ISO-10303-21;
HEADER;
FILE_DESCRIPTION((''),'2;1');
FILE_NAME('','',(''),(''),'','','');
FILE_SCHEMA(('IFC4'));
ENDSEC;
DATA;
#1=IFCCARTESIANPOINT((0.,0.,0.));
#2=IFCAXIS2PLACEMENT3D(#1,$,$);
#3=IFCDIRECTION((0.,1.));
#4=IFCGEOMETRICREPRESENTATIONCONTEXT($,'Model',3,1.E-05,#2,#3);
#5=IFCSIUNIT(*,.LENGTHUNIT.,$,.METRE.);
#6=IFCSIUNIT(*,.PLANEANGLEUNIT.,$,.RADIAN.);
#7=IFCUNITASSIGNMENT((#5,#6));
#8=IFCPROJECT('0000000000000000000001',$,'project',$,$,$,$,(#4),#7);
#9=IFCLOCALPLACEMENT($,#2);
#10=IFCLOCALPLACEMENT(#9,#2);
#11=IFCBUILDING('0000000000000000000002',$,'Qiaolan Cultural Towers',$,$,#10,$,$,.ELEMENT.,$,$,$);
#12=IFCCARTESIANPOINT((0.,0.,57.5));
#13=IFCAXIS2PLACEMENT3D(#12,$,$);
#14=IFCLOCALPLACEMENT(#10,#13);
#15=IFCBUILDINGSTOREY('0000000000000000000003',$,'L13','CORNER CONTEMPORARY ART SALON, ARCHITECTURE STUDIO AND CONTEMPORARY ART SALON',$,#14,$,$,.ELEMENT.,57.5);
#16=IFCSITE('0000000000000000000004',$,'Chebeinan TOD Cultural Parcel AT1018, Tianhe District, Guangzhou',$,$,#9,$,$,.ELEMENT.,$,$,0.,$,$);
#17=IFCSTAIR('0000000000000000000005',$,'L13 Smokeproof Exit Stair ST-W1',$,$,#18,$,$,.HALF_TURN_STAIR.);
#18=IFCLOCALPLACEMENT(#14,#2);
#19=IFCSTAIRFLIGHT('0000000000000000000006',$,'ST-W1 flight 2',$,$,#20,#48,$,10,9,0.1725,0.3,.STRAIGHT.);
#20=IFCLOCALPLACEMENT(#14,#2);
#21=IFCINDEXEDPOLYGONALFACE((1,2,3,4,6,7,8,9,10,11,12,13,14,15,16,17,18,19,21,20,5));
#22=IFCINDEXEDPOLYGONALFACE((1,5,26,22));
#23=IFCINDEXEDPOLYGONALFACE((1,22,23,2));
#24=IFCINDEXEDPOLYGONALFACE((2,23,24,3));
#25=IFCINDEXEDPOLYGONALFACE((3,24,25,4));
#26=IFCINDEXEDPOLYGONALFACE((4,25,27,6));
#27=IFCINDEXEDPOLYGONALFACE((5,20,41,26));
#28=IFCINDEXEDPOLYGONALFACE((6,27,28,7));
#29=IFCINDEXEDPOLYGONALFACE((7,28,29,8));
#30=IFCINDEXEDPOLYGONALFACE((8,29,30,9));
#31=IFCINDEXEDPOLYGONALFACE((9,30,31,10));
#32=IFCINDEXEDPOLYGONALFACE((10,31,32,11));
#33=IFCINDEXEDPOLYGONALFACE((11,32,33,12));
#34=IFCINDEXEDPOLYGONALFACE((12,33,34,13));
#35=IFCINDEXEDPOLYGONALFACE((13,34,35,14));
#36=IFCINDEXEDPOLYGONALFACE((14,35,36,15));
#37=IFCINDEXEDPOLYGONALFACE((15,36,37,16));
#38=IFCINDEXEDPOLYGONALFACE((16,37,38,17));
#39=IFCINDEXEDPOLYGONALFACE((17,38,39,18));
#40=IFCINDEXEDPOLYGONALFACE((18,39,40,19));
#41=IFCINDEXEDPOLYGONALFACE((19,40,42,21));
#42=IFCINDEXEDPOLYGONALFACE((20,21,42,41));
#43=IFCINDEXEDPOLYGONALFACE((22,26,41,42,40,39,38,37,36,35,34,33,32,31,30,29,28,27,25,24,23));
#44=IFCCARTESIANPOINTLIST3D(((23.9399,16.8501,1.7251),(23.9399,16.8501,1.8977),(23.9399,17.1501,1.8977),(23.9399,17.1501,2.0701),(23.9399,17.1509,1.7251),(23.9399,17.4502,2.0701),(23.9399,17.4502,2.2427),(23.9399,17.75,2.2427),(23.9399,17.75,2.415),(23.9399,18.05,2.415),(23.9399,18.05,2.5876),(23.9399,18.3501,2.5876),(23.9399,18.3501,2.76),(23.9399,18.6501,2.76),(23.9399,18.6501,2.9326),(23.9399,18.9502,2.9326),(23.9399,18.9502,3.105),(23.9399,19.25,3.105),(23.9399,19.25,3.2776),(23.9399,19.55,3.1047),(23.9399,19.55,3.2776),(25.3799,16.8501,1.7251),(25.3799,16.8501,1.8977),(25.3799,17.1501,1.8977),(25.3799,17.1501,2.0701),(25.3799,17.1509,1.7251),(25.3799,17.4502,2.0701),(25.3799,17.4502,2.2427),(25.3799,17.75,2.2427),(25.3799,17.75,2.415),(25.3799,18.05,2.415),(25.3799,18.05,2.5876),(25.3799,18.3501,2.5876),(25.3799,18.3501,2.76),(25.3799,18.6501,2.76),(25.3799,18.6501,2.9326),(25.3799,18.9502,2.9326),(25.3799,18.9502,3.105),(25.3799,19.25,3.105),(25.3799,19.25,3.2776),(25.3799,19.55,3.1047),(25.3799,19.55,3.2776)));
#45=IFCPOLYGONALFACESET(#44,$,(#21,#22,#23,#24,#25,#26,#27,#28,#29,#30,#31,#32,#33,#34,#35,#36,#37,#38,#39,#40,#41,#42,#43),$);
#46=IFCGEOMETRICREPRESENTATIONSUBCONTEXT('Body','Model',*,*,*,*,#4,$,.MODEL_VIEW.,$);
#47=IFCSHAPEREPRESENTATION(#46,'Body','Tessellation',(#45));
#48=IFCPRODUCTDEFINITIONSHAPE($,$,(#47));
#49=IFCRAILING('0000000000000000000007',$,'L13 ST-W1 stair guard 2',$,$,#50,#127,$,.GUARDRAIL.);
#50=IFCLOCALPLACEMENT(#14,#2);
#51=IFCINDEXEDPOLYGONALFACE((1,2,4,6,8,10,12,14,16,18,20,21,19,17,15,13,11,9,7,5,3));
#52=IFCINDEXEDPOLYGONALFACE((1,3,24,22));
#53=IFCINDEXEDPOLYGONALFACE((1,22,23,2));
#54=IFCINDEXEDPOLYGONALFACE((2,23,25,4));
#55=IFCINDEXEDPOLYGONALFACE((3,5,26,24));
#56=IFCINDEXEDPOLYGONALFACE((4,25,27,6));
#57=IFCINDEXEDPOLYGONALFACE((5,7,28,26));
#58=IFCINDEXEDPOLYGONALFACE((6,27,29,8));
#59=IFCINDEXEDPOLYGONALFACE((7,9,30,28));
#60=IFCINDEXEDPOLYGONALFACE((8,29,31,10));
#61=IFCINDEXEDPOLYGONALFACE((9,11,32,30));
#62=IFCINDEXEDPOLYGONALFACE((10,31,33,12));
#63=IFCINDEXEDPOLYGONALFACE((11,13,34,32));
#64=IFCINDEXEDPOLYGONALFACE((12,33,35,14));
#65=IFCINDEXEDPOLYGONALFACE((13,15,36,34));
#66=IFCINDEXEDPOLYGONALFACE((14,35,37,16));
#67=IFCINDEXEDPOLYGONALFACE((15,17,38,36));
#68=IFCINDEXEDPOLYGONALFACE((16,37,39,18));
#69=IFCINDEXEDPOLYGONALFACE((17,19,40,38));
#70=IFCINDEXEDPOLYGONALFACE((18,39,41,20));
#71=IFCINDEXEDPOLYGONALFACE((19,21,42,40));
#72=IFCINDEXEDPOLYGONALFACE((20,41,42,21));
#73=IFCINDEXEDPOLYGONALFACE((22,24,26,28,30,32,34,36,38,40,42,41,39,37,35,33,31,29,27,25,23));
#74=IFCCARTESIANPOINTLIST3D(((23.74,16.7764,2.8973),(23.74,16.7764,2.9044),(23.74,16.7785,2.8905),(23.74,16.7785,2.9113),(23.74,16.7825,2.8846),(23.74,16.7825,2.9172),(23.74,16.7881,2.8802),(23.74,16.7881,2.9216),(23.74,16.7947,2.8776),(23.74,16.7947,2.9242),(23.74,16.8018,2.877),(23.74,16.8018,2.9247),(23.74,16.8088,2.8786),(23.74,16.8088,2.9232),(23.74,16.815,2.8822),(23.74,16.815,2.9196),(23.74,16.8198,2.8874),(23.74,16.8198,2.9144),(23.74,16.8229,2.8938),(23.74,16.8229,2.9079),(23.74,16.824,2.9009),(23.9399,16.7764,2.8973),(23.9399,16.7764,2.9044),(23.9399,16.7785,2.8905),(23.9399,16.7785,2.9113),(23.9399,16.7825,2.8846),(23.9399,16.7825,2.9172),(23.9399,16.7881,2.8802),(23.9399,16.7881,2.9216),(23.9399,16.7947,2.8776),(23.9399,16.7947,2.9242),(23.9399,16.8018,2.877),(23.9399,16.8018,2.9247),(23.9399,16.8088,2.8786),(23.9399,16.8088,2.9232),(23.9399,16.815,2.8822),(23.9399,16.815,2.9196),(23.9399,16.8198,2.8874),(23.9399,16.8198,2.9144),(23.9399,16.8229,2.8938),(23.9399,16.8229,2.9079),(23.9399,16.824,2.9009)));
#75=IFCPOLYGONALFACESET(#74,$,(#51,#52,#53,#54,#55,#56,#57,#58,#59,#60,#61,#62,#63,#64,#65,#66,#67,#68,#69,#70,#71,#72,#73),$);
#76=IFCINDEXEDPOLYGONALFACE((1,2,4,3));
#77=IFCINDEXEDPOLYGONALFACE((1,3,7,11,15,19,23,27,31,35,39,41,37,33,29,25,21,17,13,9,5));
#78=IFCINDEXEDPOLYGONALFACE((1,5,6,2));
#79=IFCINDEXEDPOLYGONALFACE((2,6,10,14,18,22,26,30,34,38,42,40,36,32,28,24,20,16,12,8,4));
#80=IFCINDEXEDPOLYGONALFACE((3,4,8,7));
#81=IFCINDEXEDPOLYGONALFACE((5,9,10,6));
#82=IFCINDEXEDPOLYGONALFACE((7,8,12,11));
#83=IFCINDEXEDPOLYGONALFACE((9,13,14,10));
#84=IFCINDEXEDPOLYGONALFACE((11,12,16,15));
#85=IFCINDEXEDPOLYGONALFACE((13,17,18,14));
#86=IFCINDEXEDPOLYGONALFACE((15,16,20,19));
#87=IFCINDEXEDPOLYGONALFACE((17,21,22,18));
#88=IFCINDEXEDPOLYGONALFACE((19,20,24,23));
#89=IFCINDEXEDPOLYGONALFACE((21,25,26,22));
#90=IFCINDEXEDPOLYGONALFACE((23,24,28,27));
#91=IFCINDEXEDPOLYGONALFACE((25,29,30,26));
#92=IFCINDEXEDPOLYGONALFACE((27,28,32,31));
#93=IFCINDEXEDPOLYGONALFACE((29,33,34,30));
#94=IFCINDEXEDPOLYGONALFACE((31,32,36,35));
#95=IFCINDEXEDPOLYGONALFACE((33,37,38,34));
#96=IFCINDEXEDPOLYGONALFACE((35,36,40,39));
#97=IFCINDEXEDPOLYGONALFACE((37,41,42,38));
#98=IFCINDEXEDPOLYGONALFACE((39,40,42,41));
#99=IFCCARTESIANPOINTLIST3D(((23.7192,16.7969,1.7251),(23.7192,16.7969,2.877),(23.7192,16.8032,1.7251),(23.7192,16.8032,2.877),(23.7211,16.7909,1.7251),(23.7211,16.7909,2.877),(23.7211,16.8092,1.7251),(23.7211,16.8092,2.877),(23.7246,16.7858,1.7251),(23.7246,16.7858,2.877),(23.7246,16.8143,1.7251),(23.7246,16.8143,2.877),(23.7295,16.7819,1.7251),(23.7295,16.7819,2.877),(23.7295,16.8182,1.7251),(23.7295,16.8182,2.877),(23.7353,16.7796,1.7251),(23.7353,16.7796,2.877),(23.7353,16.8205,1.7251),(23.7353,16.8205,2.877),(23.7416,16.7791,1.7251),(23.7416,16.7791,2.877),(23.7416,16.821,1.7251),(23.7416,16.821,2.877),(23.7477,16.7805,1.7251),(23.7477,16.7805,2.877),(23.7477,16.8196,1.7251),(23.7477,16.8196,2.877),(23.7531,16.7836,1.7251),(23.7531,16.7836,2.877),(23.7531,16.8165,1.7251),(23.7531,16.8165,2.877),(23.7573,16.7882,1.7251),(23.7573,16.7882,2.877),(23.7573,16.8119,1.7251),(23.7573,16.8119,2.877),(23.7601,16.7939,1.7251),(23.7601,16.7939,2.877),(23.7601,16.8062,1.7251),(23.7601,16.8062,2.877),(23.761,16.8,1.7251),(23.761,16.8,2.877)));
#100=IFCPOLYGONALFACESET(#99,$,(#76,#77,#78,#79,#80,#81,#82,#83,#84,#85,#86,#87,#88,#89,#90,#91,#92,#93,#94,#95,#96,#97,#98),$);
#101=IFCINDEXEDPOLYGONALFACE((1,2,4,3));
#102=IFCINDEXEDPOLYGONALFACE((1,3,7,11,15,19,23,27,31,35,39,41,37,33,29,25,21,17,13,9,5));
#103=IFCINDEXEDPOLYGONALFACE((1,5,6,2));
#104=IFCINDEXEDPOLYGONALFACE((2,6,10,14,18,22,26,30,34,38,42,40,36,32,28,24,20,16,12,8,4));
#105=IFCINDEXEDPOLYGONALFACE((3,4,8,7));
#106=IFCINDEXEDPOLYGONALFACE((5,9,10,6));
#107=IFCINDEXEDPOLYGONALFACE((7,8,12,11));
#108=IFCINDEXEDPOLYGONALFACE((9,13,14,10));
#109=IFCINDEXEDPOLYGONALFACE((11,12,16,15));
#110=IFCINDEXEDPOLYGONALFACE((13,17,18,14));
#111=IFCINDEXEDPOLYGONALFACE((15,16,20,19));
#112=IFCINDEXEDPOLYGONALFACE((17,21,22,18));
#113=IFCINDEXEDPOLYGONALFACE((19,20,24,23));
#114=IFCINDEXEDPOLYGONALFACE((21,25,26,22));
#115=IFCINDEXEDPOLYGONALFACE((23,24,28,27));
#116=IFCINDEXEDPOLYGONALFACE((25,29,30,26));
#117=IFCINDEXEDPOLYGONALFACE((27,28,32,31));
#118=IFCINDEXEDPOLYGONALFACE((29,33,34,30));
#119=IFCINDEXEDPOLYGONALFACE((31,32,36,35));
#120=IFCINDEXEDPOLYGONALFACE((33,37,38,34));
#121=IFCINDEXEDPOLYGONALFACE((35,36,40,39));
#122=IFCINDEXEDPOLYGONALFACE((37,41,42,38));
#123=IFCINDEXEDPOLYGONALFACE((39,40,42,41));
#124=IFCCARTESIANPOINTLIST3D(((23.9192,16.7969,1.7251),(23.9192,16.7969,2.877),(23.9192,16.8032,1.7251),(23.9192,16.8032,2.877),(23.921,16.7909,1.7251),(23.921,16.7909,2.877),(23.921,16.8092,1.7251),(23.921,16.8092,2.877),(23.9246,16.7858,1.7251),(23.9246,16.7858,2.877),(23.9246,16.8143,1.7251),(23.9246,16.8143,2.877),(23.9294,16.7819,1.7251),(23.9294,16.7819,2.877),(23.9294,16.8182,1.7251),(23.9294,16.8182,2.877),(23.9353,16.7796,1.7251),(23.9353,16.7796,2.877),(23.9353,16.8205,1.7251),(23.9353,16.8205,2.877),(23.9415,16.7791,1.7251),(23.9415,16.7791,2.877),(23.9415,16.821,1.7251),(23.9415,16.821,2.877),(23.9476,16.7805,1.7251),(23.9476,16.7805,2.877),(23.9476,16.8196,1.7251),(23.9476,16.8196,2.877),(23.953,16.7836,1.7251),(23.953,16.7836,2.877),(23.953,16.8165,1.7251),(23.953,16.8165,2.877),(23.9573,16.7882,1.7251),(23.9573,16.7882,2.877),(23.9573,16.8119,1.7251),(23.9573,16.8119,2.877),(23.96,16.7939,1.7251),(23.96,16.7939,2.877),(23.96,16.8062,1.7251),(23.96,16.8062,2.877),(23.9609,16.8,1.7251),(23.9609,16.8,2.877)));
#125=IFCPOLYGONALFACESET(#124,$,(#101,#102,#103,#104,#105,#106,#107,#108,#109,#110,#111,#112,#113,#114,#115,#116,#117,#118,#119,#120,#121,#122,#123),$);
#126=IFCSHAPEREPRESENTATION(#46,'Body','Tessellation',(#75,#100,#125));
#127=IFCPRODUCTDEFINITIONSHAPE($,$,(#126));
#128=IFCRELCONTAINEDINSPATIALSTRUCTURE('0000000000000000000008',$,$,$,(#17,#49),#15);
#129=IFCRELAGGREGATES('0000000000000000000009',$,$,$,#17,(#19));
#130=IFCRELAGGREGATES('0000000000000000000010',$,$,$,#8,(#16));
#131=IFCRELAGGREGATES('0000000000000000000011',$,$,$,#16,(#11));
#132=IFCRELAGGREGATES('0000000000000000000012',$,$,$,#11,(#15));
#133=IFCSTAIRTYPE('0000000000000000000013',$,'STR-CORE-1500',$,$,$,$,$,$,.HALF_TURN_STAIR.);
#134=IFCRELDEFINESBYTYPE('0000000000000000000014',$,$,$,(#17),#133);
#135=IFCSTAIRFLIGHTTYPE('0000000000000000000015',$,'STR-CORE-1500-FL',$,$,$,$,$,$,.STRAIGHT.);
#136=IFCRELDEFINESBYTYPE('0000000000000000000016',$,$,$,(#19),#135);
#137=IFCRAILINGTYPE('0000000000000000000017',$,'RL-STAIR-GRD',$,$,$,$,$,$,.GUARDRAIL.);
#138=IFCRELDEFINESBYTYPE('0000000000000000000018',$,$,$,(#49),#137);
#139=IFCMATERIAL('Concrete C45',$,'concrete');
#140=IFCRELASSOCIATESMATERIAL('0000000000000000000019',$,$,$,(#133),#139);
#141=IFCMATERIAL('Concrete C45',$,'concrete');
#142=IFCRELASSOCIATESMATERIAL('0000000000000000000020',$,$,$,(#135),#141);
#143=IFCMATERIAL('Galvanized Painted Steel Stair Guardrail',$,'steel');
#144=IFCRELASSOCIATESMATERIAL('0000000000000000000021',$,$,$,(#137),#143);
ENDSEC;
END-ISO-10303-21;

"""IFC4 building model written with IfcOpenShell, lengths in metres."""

from ifc_helpers import new_model, si_unit, direction, frame, origin, origin_2d, place, context, subcontext, project, spatial, polyline, circle, outline, extrude, material, type_object, element, aggregate, save


model = new_model("IFC4")

# Units and contexts
model_context = context("Model", 3, precision=1e-05, world=origin(), true_north=direction((0.0, 1.0)))
body_context = subcontext(model_context, "Body", "Model", "MODEL_VIEW")
ifc_project = project(units=[si_unit("LENGTHUNIT", "METRE"), si_unit("PLANEANGLEUNIT", "RADIAN")], contexts=[model_context])

# Site, building, storey
site_placement = place(None, origin())
site = spatial("IfcSite", under=ifc_project, at=site_placement, Name="Chebeinan TOD Cultural Parcel AT1018, Tianhe District, Guangzhou", CompositionType="ELEMENT", RefElevation=0.0)
building_placement = place(site_placement, origin())
building = spatial("IfcBuilding", under=site, at=building_placement, Name="Qiaolan Cultural Towers", CompositionType="ELEMENT")
storey_placement = place(building_placement, frame((0.0, 0.0, 57.5)))
storey = spatial("IfcBuildingStorey", under=building, at=storey_placement, Name="L13", Description="CORNER CONTEMPORARY ART SALON, ARCHITECTURE STUDIO AND CONTEMPORARY ART SALON", CompositionType="ELEMENT", Elevation=57.5)

# Stair, stair flight
ifc_material_1 = material(Name="Concrete C45", Category="concrete")
stair_type = type_object("IfcStairType", Name="STR-CORE-1500", PredefinedType="HALF_TURN_STAIR", material=ifc_material_1)
stair_placement = place(storey_placement, origin())
stair = element("IfcStair", 1, at=stair_placement, inside=storey, type_object=stair_type, Name="L13 Smokeproof Exit Stair ST-W1", PredefinedType="HALF_TURN_STAIR")
ifc_material_2 = material(Name="Concrete C45", Category="concrete")
stair_flight_type = type_object("IfcStairFlightType", Name="STR-CORE-1500-FL", PredefinedType="STRAIGHT", material=ifc_material_2)
stair_flight_placement = place(storey_placement, frame((24.6599, 16.8501, 1.7251), z_axis=(0.0, 0.0, 1.0), x_axis=(0.0, 1.0, 0.0)))
stair_flight = element("IfcStairFlight", 2, at=stair_flight_placement, type_object=stair_flight_type, Name="ST-W1 flight 2", NumberOfRisers=10, NumberOfTreads=9, PredefinedType="STRAIGHT", RiserHeight=0.1725, TreadLength=0.3, context=body_context, shape_type="SweptSolid", body=[
    extrude(outline(polyline([(0.0, 0.0), (0.0, 0.1726), (0.3, 0.1726), (0.3, 0.345), (0.6001, 0.345), (0.6001, 0.5176), (0.8999, 0.5176), (0.8999, 0.6899), (1.2, 0.6899), (1.2, 0.8625), (1.5, 0.8625), (1.5, 1.0349), (1.8, 1.0349), (1.8, 1.2075), (2.1001, 1.2075), (2.1001, 1.3799), (2.3999, 1.3799), (2.3999, 1.5525), (2.7, 1.5525), (2.7, 1.7251), (2.7, 1.3796), (0.3008, 0.0), (0.0, 0.0)])), frame((0.0, 0.72, 0.0), z_axis=(0.0, -1.0, 0.0), x_axis=(1.0, 0.0, 0.0)), (0.0, 0.0, 1.0), 1.4399),
])
aggregate(stair, [stair_flight])

# Railing
ifc_material_3 = material(Name="Galvanized Painted Steel Stair Guardrail", Category="steel")
railing_type = type_object("IfcRailingType", Name="RL-STAIR-GRD", PredefinedType="GUARDRAIL", material=ifc_material_3)
railing_1_placement = place(storey_placement, frame((23.74, 16.8, 1.7251)))
element("IfcRailing", 3, at=railing_1_placement, inside=storey, type_object=railing_type, Name="L13 ST-W1 stair guard 2", PredefinedType="GUARDRAIL", context=body_context, shape_type="SweptSolid", body=[
    extrude(circle(Radius=0.0239, at=origin_2d()), frame((0.0, 0.0, 1.1758), z_axis=(1.0, 0.0, 0.0), x_axis=(0.0, 1.0, 0.0)), (0.0, 0.0, 1.0), 0.2),
    extrude(circle(Radius=0.021, at=origin_2d()), origin(), (0.0, 0.0, 1.0), 1.1519),
    extrude(circle(Radius=0.021, at=origin_2d()), frame((0.2, 0.0, 0.0)), (0.0, 0.0, 1.0), 1.1519),
])

save(model, "model.ifc")
